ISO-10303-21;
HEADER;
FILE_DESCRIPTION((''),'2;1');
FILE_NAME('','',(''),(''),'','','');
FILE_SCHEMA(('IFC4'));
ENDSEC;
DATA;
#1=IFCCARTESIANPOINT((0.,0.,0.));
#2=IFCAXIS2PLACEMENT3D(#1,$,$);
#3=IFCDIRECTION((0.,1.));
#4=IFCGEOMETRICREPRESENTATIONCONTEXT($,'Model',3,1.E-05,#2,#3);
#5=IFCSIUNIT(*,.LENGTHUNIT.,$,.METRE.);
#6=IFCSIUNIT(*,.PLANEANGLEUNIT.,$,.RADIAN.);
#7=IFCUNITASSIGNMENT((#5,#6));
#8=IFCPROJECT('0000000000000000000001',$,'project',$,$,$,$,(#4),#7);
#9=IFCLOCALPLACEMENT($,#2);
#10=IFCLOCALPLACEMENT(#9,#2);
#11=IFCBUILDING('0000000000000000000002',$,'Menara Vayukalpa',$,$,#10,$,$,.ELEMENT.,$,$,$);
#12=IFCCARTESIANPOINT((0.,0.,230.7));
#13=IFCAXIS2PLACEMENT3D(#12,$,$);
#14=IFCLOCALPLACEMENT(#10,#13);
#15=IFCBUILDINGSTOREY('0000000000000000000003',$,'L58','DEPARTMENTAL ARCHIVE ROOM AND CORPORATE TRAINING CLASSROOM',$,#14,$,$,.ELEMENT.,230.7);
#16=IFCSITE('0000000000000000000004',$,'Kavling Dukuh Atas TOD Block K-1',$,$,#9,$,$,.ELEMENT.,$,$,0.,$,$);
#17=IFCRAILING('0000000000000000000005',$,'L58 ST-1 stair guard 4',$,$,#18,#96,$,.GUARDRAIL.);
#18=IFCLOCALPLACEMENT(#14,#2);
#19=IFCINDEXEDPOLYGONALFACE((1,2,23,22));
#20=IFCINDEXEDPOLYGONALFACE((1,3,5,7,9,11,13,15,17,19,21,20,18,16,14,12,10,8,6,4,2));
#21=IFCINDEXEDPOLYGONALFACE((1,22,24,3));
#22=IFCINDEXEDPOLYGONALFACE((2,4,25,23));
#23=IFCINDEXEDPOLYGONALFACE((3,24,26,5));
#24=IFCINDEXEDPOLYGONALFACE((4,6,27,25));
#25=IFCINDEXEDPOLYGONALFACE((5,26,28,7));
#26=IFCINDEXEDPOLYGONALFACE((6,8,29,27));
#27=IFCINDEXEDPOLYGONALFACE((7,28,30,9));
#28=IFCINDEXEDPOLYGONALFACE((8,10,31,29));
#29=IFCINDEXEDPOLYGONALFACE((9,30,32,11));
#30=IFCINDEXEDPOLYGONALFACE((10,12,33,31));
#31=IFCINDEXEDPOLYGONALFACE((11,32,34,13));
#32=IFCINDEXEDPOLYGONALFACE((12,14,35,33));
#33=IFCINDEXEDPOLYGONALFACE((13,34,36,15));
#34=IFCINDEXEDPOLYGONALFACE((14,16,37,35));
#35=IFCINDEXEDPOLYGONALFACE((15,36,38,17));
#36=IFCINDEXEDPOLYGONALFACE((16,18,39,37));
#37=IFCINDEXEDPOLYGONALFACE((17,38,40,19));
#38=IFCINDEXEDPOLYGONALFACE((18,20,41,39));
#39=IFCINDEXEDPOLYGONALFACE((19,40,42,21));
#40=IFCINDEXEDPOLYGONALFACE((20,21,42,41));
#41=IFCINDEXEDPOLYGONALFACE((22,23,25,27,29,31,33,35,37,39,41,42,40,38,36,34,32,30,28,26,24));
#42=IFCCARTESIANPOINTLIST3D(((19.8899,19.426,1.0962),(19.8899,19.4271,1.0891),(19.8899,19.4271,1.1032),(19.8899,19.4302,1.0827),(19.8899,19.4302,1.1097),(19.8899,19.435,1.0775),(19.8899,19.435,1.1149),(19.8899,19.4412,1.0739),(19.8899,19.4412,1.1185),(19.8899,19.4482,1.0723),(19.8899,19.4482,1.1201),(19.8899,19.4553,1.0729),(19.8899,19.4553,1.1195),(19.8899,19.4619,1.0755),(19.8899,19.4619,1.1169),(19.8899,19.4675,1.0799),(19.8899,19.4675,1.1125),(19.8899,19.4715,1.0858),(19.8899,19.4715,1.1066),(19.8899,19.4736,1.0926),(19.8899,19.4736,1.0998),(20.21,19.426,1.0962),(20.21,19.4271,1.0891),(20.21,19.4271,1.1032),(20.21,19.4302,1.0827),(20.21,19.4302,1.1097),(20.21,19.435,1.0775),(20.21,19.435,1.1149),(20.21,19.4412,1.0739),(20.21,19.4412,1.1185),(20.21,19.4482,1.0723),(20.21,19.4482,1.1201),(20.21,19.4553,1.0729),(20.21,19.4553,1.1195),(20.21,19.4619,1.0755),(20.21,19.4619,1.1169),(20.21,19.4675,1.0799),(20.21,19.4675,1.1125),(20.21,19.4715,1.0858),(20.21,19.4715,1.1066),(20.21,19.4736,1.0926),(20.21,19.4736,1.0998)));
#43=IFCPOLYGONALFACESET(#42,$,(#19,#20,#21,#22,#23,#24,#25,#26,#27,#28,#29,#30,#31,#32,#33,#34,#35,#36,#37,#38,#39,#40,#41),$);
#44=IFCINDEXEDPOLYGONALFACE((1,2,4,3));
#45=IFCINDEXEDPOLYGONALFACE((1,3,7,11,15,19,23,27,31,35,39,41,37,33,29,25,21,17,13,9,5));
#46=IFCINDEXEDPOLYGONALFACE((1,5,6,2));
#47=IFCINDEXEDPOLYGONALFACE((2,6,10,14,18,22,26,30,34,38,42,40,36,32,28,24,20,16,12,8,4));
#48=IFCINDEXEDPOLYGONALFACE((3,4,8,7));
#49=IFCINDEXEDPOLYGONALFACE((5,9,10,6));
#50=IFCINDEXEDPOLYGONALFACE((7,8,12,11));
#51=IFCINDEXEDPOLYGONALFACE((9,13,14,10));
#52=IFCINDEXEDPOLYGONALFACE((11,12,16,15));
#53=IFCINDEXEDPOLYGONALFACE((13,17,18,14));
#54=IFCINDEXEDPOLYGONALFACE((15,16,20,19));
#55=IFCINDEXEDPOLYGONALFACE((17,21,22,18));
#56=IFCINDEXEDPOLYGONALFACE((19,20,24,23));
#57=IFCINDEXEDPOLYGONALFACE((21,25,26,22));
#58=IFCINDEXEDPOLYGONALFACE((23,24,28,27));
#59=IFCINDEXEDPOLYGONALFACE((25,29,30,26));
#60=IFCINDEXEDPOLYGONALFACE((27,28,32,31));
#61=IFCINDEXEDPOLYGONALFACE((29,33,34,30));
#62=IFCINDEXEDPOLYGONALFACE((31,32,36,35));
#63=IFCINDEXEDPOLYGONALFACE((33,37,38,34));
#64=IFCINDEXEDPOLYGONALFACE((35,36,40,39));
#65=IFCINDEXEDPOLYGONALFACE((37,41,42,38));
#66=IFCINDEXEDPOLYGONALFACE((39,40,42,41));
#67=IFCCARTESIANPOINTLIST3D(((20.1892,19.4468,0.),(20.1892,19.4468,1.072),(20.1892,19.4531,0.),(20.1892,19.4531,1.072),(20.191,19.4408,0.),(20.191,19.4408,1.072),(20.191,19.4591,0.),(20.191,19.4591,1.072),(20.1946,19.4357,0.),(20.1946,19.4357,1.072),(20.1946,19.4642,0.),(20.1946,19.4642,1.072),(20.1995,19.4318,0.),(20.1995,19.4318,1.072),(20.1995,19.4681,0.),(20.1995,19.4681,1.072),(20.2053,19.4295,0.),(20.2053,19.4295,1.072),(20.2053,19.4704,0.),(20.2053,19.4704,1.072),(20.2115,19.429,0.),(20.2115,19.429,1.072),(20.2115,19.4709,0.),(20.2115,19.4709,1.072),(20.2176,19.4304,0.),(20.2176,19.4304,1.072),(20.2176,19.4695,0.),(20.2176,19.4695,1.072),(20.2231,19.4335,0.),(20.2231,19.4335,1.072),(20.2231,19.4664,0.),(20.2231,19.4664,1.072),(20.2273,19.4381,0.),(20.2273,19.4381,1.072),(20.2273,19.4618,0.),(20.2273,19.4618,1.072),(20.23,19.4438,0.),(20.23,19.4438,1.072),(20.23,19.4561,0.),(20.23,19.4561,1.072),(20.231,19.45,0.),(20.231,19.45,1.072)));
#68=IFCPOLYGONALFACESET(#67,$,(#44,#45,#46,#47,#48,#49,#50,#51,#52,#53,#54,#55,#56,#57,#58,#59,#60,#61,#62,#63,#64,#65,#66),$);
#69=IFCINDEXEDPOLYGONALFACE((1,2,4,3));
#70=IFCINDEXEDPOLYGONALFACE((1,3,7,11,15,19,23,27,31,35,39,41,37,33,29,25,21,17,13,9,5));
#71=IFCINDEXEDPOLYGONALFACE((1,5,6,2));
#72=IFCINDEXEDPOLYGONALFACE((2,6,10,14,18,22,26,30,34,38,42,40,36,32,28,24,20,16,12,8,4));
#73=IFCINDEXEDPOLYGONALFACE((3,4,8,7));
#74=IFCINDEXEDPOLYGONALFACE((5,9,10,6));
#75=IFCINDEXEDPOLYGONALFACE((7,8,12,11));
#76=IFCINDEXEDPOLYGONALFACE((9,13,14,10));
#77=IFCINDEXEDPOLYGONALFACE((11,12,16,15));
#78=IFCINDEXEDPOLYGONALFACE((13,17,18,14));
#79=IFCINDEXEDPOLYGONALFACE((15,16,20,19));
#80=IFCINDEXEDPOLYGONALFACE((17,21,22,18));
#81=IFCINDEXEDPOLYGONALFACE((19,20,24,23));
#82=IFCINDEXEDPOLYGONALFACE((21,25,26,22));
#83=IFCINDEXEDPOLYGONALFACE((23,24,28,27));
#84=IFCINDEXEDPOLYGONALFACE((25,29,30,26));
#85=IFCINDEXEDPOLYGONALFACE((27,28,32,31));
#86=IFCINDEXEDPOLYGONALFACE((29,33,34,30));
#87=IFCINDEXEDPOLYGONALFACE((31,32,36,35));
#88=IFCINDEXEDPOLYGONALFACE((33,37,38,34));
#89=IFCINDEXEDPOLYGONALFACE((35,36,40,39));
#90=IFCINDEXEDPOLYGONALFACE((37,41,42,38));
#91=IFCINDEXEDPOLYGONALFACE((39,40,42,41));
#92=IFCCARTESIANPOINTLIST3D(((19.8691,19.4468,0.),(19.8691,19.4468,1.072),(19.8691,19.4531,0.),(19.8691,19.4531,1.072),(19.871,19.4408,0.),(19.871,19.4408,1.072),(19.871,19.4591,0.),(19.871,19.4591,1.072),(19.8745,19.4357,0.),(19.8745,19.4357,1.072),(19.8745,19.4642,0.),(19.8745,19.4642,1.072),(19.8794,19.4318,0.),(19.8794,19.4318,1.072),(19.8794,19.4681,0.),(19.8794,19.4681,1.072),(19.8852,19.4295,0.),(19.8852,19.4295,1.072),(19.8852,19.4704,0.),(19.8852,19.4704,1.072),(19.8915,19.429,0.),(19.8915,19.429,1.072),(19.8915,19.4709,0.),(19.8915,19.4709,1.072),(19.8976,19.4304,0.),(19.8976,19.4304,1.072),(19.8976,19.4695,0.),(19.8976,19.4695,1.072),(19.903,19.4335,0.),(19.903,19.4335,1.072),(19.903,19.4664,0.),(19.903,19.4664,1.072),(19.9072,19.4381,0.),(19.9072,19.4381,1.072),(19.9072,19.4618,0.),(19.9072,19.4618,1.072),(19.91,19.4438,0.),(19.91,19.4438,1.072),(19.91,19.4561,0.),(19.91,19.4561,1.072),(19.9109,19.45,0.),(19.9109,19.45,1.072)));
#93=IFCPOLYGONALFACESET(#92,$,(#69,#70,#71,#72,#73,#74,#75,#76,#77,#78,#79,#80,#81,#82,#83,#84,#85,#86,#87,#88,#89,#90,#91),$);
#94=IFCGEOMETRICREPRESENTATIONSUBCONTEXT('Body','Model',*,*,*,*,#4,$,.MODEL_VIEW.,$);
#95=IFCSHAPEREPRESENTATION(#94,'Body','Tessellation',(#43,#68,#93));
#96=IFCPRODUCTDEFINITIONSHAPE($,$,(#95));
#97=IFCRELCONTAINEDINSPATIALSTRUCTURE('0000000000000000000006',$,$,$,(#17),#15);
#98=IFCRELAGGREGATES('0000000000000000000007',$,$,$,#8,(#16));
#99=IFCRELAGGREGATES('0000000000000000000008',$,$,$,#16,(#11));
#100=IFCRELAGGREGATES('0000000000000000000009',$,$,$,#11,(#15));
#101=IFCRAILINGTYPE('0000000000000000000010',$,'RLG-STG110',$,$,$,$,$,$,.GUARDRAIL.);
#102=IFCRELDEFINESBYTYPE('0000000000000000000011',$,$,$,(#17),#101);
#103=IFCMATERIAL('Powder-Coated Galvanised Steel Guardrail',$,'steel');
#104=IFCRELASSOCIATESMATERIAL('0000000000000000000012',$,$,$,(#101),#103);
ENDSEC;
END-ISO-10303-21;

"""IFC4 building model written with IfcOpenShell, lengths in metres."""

from ifc_helpers import new_model, si_unit, direction, frame, origin, origin_2d, place, context, subcontext, project, spatial, circle, extrude, material, type_object, element, save


model = new_model("IFC4")

# Units and contexts
model_context = context("Model", 3, precision=1e-05, world=origin(), true_north=direction((0.0, 1.0)))
body_context = subcontext(model_context, "Body", "Model", "MODEL_VIEW")
ifc_project = project(units=[si_unit("LENGTHUNIT", "METRE"), si_unit("PLANEANGLEUNIT", "RADIAN")], contexts=[model_context])

# Site, building, storey
site_placement = place(None, origin())
site = spatial("IfcSite", under=ifc_project, at=site_placement, Name="Kavling Dukuh Atas TOD Block K-1", CompositionType="ELEMENT", RefElevation=0.0)
building_placement = place(site_placement, origin())
building = spatial("IfcBuilding", under=site, at=building_placement, Name="Menara Vayukalpa", CompositionType="ELEMENT")
storey_placement = place(building_placement, frame((0.0, 0.0, 230.7)))
storey = spatial("IfcBuildingStorey", under=building, at=storey_placement, Name="L58", Description="DEPARTMENTAL ARCHIVE ROOM AND CORPORATE TRAINING CLASSROOM", CompositionType="ELEMENT", Elevation=230.7)

# Railing
ifc_material_1 = material(Name="Powder-Coated Galvanised Steel Guardrail", Category="steel")
railing_type_1 = type_object("IfcRailingType", Name="RLG-STG110", PredefinedType="GUARDRAIL", material=ifc_material_1)
railing_1_placement = place(storey_placement, frame((20.21, 19.45, 0.0)))
element("IfcRailing", 1, at=railing_1_placement, inside=storey, type_object=railing_type_1, Name="L58 ST-1 stair guard 4", PredefinedType="GUARDRAIL", context=body_context, shape_type="SweptSolid", body=[
    extrude(circle(Radius=0.0239, at=origin_2d()), frame((0.0, 0.0, 1.0962), z_axis=(-1.0, 0.0, 0.0), x_axis=(0.0, -1.0, 0.0)), (0.0, 0.0, 1.0), 0.3201),
    extrude(circle(Radius=0.021, at=origin_2d()), origin(), (0.0, 0.0, 1.0), 1.072),
    extrude(circle(Radius=0.021, at=origin_2d()), frame((-0.3201, 0.0, 0.0)), (0.0, 0.0, 1.0), 1.072),
])

save(model, "model.ifc")
